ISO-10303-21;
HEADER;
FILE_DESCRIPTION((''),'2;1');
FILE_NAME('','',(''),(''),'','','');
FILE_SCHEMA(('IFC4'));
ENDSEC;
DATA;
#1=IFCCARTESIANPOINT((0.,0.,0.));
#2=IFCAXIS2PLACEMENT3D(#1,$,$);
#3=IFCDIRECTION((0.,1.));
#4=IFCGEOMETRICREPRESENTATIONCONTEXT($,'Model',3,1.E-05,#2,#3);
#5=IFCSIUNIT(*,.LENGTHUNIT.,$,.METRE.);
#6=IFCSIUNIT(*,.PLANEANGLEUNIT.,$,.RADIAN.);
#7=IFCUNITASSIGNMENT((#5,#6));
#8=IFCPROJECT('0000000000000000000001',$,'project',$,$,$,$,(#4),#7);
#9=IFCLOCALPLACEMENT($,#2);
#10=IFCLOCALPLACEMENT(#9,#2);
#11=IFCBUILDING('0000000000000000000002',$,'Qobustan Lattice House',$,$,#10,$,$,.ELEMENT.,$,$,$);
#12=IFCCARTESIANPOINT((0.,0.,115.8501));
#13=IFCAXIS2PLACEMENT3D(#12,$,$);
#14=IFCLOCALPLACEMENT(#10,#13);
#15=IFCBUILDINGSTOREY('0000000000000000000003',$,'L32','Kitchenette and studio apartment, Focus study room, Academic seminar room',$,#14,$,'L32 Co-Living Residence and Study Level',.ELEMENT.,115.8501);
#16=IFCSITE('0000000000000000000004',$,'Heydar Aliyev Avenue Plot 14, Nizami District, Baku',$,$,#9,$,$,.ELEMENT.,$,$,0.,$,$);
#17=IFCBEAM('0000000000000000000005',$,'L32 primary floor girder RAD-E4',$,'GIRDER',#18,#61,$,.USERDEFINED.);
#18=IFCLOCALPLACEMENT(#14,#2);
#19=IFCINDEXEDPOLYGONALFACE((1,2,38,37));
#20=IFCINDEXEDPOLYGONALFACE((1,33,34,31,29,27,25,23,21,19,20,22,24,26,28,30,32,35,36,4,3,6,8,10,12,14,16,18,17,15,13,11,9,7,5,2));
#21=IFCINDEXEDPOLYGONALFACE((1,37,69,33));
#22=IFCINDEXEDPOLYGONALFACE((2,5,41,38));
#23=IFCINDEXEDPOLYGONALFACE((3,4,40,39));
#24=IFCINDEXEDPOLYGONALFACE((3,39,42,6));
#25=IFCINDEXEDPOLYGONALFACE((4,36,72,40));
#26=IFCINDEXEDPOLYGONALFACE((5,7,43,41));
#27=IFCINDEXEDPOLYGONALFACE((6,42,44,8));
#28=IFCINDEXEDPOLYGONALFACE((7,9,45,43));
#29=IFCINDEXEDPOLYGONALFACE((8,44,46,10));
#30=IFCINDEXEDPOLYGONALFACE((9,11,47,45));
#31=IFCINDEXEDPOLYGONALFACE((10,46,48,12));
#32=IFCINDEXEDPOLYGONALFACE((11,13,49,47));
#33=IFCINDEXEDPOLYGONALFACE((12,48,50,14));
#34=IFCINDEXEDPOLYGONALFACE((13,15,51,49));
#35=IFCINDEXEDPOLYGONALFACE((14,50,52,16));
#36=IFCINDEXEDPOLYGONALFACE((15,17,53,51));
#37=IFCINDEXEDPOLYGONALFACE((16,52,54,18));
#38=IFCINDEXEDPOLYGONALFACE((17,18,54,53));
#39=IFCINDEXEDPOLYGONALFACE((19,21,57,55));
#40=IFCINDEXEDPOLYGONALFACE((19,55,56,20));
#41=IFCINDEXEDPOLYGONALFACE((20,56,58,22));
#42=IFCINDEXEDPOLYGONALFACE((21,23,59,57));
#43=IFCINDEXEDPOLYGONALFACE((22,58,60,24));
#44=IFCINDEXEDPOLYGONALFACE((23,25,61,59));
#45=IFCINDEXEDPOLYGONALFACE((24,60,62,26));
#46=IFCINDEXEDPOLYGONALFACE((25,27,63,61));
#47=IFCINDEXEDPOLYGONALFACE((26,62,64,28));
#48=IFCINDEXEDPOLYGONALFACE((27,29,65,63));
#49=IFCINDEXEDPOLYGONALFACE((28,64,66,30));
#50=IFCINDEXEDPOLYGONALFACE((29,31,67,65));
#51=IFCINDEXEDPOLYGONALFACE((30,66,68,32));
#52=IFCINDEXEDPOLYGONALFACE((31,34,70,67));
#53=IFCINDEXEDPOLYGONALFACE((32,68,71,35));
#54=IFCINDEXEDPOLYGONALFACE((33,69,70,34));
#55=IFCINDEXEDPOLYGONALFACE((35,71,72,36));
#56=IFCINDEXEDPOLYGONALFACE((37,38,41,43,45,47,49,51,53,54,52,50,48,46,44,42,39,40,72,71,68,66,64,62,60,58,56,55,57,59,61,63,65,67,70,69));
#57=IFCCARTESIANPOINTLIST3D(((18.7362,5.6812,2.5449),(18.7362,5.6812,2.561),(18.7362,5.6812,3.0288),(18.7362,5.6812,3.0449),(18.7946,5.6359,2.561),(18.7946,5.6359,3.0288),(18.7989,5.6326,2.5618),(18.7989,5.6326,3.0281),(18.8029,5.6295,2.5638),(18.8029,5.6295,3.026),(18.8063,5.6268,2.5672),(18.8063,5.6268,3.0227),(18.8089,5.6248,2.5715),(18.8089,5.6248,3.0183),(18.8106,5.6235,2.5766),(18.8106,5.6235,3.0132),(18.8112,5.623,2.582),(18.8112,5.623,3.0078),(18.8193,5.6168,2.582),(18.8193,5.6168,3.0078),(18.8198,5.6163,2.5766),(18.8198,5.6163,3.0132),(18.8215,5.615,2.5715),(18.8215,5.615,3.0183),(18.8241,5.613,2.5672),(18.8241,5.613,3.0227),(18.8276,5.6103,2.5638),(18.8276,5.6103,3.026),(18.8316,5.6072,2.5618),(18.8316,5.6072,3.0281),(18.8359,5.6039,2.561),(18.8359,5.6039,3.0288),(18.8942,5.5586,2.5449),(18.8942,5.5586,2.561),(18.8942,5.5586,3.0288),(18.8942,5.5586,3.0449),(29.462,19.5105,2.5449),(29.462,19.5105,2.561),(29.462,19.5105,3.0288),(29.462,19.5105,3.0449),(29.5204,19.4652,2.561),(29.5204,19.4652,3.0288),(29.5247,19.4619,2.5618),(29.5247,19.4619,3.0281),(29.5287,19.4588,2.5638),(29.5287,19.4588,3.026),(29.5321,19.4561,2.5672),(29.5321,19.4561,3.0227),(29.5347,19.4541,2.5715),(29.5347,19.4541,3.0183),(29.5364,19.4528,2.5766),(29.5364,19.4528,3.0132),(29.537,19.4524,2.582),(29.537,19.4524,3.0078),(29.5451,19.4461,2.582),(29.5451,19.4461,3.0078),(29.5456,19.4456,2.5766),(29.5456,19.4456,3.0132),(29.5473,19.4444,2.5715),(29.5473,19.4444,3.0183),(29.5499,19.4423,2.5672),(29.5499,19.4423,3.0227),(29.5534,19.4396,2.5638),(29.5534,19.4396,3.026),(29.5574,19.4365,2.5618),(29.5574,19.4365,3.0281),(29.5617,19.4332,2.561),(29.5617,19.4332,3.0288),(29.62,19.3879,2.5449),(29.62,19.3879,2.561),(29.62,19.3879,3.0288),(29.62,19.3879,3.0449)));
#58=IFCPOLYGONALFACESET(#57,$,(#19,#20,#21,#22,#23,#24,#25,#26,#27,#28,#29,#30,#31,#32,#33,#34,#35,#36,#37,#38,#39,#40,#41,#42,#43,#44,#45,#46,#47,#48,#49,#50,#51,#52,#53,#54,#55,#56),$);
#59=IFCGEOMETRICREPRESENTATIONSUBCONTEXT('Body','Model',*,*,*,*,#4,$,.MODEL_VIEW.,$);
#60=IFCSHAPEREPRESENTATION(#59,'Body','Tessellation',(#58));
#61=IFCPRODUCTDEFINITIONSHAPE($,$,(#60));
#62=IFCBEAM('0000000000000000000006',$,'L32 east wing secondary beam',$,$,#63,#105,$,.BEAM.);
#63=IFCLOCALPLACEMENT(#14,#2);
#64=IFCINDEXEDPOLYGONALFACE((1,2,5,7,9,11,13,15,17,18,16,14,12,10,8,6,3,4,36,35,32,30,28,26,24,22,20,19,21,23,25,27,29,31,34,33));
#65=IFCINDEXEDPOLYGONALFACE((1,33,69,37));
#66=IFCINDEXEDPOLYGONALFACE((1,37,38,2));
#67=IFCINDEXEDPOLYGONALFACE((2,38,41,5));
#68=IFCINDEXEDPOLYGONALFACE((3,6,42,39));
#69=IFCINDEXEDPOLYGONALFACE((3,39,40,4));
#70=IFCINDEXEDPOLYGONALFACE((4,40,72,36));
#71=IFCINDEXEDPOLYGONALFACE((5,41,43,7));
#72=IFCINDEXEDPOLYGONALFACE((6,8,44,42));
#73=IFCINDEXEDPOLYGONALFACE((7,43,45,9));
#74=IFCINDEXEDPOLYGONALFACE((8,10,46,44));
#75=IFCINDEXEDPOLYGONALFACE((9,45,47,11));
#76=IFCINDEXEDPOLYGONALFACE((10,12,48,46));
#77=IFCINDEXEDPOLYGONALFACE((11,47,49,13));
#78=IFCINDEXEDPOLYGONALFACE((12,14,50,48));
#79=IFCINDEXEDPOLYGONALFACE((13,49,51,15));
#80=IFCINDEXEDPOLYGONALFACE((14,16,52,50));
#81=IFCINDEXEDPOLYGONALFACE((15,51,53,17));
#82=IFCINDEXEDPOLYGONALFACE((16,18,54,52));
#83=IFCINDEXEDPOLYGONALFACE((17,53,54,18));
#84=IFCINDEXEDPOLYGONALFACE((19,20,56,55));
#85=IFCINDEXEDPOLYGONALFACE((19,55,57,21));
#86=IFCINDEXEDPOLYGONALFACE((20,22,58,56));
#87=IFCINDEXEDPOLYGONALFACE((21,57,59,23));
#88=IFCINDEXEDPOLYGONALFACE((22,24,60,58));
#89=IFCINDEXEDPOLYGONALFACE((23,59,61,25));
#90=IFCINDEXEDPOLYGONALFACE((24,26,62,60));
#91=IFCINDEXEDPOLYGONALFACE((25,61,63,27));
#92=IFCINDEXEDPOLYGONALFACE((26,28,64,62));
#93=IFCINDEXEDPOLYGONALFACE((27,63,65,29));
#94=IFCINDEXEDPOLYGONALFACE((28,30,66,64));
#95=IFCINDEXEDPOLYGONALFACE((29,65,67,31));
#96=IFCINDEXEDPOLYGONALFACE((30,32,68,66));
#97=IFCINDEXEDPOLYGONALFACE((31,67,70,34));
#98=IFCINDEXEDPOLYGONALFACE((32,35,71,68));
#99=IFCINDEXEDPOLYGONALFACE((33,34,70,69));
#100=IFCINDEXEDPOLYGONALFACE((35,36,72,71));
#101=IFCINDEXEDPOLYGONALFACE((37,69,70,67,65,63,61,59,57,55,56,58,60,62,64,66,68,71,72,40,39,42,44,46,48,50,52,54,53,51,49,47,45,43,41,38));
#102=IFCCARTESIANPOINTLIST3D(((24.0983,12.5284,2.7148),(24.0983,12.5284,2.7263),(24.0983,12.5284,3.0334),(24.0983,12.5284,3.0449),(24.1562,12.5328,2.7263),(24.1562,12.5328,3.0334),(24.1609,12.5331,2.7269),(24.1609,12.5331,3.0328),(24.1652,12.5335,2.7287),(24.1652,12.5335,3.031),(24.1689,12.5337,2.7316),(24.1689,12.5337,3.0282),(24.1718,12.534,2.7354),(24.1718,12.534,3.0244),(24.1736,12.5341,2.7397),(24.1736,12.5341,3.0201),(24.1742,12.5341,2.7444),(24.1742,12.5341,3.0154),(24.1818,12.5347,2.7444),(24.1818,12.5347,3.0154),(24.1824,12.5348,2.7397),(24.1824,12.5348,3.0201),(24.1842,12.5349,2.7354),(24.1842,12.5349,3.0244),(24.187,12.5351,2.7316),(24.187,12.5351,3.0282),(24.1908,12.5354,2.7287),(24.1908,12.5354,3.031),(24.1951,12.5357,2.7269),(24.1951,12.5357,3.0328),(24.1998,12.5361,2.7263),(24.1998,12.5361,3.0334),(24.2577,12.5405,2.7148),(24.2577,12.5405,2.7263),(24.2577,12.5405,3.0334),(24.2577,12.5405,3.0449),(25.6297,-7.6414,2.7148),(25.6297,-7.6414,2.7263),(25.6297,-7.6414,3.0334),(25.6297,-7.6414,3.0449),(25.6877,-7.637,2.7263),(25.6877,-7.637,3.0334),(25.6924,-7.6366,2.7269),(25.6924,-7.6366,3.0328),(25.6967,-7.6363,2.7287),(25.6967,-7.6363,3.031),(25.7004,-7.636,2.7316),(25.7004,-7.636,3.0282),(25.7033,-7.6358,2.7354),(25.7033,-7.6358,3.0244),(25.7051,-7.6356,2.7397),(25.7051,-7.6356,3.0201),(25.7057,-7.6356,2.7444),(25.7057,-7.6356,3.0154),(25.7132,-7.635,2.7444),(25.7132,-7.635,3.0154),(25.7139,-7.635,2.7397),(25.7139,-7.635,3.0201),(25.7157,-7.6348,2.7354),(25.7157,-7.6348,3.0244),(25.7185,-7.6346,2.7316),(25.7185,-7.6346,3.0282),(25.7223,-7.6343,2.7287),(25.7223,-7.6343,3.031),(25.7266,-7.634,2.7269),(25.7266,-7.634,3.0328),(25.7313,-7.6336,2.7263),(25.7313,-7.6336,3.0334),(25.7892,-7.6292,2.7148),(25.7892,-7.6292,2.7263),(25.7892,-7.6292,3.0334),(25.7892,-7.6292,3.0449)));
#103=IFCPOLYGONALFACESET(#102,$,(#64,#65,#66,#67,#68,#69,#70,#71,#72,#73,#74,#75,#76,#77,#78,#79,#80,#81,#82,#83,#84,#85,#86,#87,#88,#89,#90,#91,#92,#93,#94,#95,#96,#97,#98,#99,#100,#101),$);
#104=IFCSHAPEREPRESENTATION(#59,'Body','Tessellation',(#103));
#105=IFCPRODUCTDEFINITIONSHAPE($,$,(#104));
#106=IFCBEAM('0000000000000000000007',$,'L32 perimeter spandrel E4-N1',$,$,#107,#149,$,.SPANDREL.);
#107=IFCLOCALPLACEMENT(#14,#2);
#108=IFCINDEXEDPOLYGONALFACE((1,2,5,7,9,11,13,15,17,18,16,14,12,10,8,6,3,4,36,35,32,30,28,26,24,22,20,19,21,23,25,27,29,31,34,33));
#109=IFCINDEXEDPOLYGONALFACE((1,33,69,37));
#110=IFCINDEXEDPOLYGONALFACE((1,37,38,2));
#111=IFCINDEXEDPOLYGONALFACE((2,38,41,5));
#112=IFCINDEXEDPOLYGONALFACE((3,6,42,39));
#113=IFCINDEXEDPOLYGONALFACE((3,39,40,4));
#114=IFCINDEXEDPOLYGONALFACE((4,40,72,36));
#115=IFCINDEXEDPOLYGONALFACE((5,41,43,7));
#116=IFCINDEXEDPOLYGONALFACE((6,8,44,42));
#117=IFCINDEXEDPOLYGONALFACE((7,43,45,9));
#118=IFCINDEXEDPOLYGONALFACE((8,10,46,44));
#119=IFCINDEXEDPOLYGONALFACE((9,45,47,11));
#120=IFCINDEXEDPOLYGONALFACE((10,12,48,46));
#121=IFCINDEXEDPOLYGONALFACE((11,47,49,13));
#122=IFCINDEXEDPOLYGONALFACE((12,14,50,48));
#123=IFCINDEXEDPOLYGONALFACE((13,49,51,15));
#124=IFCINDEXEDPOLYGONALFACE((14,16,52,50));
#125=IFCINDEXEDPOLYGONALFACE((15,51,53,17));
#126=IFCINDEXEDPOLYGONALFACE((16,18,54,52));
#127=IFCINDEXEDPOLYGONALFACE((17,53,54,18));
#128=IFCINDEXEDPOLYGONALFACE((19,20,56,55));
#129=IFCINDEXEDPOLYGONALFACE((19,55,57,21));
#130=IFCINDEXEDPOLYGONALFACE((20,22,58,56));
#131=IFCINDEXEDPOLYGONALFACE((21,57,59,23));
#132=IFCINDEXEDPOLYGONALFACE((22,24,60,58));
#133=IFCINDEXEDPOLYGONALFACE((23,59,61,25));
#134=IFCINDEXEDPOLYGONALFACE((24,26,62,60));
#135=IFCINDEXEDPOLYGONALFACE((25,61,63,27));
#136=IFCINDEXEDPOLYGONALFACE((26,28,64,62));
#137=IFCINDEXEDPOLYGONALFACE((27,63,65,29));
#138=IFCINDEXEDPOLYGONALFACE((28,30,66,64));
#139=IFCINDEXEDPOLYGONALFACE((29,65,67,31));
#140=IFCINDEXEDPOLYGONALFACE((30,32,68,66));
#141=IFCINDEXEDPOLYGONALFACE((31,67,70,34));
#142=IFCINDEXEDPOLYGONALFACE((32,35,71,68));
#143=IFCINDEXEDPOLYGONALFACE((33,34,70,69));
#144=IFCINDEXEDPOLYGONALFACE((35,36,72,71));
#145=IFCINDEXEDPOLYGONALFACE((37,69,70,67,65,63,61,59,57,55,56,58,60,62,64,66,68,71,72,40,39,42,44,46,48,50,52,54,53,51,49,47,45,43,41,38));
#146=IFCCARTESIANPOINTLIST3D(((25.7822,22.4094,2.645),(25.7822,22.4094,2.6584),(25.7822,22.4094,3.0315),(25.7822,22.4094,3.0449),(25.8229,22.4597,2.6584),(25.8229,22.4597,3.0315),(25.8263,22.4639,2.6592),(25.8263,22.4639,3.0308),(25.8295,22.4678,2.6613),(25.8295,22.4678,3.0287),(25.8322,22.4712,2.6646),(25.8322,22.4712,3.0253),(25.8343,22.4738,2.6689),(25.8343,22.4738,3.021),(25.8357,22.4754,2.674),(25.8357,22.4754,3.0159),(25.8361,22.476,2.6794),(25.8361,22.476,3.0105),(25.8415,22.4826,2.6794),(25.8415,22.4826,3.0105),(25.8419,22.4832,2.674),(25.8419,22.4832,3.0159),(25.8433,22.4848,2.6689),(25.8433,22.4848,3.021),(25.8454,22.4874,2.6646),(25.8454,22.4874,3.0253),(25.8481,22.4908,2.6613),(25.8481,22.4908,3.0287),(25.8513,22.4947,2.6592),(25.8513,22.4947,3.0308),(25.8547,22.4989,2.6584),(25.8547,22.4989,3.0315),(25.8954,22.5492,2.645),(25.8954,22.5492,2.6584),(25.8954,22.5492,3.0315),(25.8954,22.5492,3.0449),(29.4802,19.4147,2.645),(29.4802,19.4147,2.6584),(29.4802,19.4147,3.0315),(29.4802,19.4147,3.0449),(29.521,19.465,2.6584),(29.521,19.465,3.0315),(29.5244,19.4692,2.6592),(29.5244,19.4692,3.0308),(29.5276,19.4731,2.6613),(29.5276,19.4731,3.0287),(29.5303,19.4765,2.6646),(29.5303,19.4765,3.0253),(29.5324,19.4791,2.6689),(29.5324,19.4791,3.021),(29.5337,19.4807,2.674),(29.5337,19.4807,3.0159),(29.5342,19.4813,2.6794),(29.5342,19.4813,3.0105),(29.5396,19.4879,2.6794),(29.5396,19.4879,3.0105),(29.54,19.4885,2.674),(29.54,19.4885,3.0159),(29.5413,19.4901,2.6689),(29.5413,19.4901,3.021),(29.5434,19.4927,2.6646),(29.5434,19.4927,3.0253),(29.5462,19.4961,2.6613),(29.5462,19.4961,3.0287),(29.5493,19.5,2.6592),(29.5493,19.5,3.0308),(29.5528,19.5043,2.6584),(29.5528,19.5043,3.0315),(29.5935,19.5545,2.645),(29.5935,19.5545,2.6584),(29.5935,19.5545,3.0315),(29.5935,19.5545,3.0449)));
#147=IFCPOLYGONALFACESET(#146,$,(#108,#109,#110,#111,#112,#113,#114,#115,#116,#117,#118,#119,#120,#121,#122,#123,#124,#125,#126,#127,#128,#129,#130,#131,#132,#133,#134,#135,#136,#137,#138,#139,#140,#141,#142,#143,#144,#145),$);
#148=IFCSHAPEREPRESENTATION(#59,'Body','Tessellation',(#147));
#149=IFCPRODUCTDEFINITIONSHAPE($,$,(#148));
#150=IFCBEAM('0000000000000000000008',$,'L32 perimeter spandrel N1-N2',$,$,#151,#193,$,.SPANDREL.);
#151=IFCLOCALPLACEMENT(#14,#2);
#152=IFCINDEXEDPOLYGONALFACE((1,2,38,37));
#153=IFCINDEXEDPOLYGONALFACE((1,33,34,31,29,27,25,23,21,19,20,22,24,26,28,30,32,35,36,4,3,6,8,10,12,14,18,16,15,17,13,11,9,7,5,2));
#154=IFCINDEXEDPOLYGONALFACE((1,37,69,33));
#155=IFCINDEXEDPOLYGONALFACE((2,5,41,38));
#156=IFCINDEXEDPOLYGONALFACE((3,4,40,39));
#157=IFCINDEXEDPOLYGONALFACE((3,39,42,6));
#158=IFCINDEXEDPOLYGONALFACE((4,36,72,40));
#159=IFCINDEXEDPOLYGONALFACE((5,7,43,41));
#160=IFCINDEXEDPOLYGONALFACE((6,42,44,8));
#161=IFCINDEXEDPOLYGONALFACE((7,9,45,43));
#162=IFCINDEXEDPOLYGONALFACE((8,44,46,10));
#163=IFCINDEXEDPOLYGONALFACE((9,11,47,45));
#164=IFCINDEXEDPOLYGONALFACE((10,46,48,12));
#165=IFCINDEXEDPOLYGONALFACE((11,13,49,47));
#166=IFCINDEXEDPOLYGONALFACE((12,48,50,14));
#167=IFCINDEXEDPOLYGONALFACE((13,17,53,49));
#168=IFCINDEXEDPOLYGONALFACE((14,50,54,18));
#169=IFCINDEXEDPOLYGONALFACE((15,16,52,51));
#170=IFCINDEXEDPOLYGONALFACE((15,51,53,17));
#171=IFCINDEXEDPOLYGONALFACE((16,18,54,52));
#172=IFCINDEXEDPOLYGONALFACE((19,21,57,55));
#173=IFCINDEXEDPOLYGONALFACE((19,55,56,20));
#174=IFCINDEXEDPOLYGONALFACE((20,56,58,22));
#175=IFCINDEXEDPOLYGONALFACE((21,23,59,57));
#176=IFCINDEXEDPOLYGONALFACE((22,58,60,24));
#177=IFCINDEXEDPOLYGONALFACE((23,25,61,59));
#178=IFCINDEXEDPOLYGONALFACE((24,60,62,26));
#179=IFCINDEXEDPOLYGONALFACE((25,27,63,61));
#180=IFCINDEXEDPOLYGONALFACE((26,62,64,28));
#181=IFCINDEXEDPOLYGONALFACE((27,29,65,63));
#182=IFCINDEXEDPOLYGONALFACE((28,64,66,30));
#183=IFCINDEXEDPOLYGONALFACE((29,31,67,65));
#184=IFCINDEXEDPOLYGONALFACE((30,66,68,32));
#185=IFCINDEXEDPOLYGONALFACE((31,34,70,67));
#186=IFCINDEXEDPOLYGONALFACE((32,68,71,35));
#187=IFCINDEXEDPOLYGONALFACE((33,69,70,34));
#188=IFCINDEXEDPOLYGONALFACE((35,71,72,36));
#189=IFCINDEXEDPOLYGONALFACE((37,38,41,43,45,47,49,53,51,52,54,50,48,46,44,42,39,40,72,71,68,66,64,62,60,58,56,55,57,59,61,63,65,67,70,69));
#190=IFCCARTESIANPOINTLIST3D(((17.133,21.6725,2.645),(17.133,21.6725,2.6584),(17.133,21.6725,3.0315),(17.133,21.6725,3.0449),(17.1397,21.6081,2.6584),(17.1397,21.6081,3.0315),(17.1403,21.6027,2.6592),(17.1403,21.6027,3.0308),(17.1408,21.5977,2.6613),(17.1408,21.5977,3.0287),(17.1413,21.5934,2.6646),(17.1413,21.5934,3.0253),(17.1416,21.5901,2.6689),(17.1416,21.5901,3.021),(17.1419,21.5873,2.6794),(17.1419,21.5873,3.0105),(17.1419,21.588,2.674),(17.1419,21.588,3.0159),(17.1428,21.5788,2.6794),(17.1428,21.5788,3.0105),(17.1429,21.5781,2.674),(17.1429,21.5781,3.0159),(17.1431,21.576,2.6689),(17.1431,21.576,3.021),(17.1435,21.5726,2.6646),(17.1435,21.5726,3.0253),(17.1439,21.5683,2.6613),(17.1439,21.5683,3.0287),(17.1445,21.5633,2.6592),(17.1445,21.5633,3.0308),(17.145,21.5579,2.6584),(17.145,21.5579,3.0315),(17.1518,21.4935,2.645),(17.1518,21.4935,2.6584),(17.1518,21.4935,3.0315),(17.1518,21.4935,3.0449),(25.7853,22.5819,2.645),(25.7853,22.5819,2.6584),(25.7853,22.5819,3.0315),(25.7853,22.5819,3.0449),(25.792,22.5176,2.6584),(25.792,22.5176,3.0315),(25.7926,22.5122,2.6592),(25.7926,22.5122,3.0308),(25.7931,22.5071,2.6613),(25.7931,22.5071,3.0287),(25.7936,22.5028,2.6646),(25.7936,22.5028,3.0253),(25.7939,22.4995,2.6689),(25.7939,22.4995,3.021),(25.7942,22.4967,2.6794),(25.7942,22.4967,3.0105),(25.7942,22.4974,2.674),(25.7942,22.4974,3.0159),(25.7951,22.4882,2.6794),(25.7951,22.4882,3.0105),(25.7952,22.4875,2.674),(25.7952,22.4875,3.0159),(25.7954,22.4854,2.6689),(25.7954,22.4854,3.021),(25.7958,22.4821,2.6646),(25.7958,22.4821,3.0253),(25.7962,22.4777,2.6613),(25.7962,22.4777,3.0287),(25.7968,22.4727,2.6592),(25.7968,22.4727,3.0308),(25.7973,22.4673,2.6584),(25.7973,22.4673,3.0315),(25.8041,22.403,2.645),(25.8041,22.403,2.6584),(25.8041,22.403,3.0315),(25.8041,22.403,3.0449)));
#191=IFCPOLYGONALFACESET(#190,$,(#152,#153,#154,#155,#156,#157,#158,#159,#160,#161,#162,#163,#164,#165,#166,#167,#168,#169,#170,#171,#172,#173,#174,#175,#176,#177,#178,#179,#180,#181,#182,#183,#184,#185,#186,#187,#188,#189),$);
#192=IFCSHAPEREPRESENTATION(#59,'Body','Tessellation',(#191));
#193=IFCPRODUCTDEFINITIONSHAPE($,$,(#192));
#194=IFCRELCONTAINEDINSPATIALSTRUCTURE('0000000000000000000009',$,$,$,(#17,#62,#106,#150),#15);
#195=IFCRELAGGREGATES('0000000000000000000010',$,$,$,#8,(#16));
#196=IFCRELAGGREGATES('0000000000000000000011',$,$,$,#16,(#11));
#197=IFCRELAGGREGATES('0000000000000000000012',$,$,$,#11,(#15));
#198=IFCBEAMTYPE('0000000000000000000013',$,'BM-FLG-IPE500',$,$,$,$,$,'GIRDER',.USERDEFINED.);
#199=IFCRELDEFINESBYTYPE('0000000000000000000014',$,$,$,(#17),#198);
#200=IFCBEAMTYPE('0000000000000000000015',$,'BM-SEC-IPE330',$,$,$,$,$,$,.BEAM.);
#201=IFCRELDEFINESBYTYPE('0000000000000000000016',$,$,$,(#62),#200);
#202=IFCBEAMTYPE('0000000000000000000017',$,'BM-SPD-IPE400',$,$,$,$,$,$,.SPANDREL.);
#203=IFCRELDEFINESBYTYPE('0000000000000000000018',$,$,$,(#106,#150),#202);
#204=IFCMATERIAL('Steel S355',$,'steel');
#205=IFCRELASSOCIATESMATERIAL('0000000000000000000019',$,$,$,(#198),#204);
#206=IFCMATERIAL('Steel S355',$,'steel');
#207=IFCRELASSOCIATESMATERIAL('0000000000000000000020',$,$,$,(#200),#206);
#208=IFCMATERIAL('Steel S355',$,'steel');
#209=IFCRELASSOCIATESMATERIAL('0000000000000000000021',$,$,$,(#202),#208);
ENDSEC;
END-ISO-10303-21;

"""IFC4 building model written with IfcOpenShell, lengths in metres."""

from ifc_helpers import new_model, si_unit, direction, frame, origin, origin_2d, place, context, subcontext, project, spatial, i_section, extrude, material, material_profile, profile_set, type_object, element, save


model = new_model("IFC4")

# Units and contexts
model_context = context("Model", 3, precision=1e-05, world=origin(), true_north=direction((0.0, 1.0)))
body_context = subcontext(model_context, "Body", "Model", "MODEL_VIEW")
ifc_project = project(units=[si_unit("LENGTHUNIT", "METRE"), si_unit("PLANEANGLEUNIT", "RADIAN")], contexts=[model_context])

# Site, building, storey
site_placement = place(None, origin())
site = spatial("IfcSite", under=ifc_project, at=site_placement, Name="Heydar Aliyev Avenue Plot 14, Nizami District, Baku", CompositionType="ELEMENT", RefElevation=0.0)
building_placement = place(site_placement, origin())
building = spatial("IfcBuilding", under=site, at=building_placement, Name="Qobustan Lattice House", CompositionType="ELEMENT")
storey_placement = place(building_placement, frame((0.0, 0.0, 115.8501)))
storey = spatial("IfcBuildingStorey", under=building, at=storey_placement, Name="L32", Description="Kitchenette and studio apartment, Focus study room, Academic seminar room", LongName="L32 Co-Living Residence and Study Level", CompositionType="ELEMENT", Elevation=115.8501)

# Beams
ifc_material_1 = material(Name="Steel S355", Category="steel")
ifc_material_profile_1 = material_profile(ifc_material_1, i_section(OverallWidth=0.2, OverallDepth=0.5, WebThickness=0.0103, FlangeThickness=0.0161, FilletRadius=0.021, at=origin_2d()), Name="IPE500")
ifc_profile_set_1 = profile_set([ifc_material_profile_1], Name="Steel S355")
beam_type_1 = type_object("IfcBeamType", Name="BM-FLG-IPE500", ElementType="GIRDER", PredefinedType="USERDEFINED", material=ifc_profile_set_1)
beam_1_placement = place(storey_placement, frame((29.541, 19.4492, 2.7949), z_axis=(-0.61286, -0.790191, 0.0), x_axis=(0.790191, -0.61286, 0.0)))
element("IfcBeam", 1, at=beam_1_placement, inside=storey, type_object=beam_type_1, Name="L32 primary floor girder RAD-E4", ObjectType="GIRDER", PredefinedType="USERDEFINED", context=body_context, shape_type="SweptSolid", body=[
    extrude(i_section(OverallWidth=0.2, OverallDepth=0.5, WebThickness=0.0103, FlangeThickness=0.0161, FilletRadius=0.021, at=origin_2d()), origin(), (0.0, 0.0, 1.0), 17.5012),
])
ifc_material_2 = material(Name="Steel S355", Category="steel")
ifc_material_profile_2 = material_profile(ifc_material_2, i_section(OverallWidth=0.1599, OverallDepth=0.3301, WebThickness=0.0076, FlangeThickness=0.0115, FilletRadius=0.0181, at=origin_2d()), Name="IPE330")
ifc_profile_set_2 = profile_set([ifc_material_profile_2], Name="Steel S355")
beam_type_2 = type_object("IfcBeamType", Name="BM-SEC-IPE330", PredefinedType="BEAM", material=ifc_profile_set_2)
beam_2_placement = place(storey_placement, frame((24.178, 12.5344, 2.8799), z_axis=(0.075713, -0.99713, 0.0), x_axis=(0.99713, 0.075713, 0.0)))
element("IfcBeam", 2, at=beam_2_placement, inside=storey, type_object=beam_type_2, Name="L32 east wing secondary beam", PredefinedType="BEAM", context=body_context, shape_type="SweptSolid", body=[
    extrude(i_section(OverallWidth=0.1599, OverallDepth=0.3301, WebThickness=0.0076, FlangeThickness=0.0115, FilletRadius=0.0181, at=origin_2d()), origin(), (0.0, 0.0, 1.0), 20.2278),
])
ifc_material_3 = material(Name="Steel S355", Category="steel")
ifc_material_profile_3 = material_profile(ifc_material_3, i_section(OverallWidth=0.1799, OverallDepth=0.3999, WebThickness=0.0085, FlangeThickness=0.0134, FilletRadius=0.021, at=origin_2d()), Name="IPE400")
ifc_profile_set_3 = profile_set([ifc_material_profile_3], Name="Steel S355")
beam_type_3 = type_object("IfcBeamType", Name="BM-SPD-IPE400", PredefinedType="SPANDREL", material=ifc_profile_set_3)
beam_3_placement = place(storey_placement, frame((29.5369, 19.4846, 2.845), z_axis=(-0.777141, 0.629327, 0.0), x_axis=(-0.629327, -0.777141, 0.0)))
element("IfcBeam", 3, at=beam_3_placement, inside=storey, type_object=beam_type_3, Name="L32 perimeter spandrel E4-N1", PredefinedType="SPANDREL", context=body_context, shape_type="SweptSolid", body=[
    extrude(i_section(OverallWidth=0.1799, OverallDepth=0.3999, WebThickness=0.0085, FlangeThickness=0.0134, FilletRadius=0.021, at=origin_2d()), origin(), (0.0, 0.0, 1.0), 4.7585),
])
beam_4_placement = place(storey_placement, frame((25.7947, 22.4924, 2.845), z_axis=(-0.994522, -0.104531, 0.0), x_axis=(0.104531, -0.994522, 0.0)))
element("IfcBeam", 4, at=beam_4_placement, inside=storey, type_object=beam_type_3, Name="L32 perimeter spandrel N1-N2", PredefinedType="SPANDREL", context=body_context, shape_type="SweptSolid", body=[
    extrude(i_section(OverallWidth=0.1799, OverallDepth=0.3999, WebThickness=0.0085, FlangeThickness=0.0134, FilletRadius=0.021, at=origin_2d()), origin(), (0.0, 0.0, 1.0), 8.7),
])

save(model, "model.ifc")
